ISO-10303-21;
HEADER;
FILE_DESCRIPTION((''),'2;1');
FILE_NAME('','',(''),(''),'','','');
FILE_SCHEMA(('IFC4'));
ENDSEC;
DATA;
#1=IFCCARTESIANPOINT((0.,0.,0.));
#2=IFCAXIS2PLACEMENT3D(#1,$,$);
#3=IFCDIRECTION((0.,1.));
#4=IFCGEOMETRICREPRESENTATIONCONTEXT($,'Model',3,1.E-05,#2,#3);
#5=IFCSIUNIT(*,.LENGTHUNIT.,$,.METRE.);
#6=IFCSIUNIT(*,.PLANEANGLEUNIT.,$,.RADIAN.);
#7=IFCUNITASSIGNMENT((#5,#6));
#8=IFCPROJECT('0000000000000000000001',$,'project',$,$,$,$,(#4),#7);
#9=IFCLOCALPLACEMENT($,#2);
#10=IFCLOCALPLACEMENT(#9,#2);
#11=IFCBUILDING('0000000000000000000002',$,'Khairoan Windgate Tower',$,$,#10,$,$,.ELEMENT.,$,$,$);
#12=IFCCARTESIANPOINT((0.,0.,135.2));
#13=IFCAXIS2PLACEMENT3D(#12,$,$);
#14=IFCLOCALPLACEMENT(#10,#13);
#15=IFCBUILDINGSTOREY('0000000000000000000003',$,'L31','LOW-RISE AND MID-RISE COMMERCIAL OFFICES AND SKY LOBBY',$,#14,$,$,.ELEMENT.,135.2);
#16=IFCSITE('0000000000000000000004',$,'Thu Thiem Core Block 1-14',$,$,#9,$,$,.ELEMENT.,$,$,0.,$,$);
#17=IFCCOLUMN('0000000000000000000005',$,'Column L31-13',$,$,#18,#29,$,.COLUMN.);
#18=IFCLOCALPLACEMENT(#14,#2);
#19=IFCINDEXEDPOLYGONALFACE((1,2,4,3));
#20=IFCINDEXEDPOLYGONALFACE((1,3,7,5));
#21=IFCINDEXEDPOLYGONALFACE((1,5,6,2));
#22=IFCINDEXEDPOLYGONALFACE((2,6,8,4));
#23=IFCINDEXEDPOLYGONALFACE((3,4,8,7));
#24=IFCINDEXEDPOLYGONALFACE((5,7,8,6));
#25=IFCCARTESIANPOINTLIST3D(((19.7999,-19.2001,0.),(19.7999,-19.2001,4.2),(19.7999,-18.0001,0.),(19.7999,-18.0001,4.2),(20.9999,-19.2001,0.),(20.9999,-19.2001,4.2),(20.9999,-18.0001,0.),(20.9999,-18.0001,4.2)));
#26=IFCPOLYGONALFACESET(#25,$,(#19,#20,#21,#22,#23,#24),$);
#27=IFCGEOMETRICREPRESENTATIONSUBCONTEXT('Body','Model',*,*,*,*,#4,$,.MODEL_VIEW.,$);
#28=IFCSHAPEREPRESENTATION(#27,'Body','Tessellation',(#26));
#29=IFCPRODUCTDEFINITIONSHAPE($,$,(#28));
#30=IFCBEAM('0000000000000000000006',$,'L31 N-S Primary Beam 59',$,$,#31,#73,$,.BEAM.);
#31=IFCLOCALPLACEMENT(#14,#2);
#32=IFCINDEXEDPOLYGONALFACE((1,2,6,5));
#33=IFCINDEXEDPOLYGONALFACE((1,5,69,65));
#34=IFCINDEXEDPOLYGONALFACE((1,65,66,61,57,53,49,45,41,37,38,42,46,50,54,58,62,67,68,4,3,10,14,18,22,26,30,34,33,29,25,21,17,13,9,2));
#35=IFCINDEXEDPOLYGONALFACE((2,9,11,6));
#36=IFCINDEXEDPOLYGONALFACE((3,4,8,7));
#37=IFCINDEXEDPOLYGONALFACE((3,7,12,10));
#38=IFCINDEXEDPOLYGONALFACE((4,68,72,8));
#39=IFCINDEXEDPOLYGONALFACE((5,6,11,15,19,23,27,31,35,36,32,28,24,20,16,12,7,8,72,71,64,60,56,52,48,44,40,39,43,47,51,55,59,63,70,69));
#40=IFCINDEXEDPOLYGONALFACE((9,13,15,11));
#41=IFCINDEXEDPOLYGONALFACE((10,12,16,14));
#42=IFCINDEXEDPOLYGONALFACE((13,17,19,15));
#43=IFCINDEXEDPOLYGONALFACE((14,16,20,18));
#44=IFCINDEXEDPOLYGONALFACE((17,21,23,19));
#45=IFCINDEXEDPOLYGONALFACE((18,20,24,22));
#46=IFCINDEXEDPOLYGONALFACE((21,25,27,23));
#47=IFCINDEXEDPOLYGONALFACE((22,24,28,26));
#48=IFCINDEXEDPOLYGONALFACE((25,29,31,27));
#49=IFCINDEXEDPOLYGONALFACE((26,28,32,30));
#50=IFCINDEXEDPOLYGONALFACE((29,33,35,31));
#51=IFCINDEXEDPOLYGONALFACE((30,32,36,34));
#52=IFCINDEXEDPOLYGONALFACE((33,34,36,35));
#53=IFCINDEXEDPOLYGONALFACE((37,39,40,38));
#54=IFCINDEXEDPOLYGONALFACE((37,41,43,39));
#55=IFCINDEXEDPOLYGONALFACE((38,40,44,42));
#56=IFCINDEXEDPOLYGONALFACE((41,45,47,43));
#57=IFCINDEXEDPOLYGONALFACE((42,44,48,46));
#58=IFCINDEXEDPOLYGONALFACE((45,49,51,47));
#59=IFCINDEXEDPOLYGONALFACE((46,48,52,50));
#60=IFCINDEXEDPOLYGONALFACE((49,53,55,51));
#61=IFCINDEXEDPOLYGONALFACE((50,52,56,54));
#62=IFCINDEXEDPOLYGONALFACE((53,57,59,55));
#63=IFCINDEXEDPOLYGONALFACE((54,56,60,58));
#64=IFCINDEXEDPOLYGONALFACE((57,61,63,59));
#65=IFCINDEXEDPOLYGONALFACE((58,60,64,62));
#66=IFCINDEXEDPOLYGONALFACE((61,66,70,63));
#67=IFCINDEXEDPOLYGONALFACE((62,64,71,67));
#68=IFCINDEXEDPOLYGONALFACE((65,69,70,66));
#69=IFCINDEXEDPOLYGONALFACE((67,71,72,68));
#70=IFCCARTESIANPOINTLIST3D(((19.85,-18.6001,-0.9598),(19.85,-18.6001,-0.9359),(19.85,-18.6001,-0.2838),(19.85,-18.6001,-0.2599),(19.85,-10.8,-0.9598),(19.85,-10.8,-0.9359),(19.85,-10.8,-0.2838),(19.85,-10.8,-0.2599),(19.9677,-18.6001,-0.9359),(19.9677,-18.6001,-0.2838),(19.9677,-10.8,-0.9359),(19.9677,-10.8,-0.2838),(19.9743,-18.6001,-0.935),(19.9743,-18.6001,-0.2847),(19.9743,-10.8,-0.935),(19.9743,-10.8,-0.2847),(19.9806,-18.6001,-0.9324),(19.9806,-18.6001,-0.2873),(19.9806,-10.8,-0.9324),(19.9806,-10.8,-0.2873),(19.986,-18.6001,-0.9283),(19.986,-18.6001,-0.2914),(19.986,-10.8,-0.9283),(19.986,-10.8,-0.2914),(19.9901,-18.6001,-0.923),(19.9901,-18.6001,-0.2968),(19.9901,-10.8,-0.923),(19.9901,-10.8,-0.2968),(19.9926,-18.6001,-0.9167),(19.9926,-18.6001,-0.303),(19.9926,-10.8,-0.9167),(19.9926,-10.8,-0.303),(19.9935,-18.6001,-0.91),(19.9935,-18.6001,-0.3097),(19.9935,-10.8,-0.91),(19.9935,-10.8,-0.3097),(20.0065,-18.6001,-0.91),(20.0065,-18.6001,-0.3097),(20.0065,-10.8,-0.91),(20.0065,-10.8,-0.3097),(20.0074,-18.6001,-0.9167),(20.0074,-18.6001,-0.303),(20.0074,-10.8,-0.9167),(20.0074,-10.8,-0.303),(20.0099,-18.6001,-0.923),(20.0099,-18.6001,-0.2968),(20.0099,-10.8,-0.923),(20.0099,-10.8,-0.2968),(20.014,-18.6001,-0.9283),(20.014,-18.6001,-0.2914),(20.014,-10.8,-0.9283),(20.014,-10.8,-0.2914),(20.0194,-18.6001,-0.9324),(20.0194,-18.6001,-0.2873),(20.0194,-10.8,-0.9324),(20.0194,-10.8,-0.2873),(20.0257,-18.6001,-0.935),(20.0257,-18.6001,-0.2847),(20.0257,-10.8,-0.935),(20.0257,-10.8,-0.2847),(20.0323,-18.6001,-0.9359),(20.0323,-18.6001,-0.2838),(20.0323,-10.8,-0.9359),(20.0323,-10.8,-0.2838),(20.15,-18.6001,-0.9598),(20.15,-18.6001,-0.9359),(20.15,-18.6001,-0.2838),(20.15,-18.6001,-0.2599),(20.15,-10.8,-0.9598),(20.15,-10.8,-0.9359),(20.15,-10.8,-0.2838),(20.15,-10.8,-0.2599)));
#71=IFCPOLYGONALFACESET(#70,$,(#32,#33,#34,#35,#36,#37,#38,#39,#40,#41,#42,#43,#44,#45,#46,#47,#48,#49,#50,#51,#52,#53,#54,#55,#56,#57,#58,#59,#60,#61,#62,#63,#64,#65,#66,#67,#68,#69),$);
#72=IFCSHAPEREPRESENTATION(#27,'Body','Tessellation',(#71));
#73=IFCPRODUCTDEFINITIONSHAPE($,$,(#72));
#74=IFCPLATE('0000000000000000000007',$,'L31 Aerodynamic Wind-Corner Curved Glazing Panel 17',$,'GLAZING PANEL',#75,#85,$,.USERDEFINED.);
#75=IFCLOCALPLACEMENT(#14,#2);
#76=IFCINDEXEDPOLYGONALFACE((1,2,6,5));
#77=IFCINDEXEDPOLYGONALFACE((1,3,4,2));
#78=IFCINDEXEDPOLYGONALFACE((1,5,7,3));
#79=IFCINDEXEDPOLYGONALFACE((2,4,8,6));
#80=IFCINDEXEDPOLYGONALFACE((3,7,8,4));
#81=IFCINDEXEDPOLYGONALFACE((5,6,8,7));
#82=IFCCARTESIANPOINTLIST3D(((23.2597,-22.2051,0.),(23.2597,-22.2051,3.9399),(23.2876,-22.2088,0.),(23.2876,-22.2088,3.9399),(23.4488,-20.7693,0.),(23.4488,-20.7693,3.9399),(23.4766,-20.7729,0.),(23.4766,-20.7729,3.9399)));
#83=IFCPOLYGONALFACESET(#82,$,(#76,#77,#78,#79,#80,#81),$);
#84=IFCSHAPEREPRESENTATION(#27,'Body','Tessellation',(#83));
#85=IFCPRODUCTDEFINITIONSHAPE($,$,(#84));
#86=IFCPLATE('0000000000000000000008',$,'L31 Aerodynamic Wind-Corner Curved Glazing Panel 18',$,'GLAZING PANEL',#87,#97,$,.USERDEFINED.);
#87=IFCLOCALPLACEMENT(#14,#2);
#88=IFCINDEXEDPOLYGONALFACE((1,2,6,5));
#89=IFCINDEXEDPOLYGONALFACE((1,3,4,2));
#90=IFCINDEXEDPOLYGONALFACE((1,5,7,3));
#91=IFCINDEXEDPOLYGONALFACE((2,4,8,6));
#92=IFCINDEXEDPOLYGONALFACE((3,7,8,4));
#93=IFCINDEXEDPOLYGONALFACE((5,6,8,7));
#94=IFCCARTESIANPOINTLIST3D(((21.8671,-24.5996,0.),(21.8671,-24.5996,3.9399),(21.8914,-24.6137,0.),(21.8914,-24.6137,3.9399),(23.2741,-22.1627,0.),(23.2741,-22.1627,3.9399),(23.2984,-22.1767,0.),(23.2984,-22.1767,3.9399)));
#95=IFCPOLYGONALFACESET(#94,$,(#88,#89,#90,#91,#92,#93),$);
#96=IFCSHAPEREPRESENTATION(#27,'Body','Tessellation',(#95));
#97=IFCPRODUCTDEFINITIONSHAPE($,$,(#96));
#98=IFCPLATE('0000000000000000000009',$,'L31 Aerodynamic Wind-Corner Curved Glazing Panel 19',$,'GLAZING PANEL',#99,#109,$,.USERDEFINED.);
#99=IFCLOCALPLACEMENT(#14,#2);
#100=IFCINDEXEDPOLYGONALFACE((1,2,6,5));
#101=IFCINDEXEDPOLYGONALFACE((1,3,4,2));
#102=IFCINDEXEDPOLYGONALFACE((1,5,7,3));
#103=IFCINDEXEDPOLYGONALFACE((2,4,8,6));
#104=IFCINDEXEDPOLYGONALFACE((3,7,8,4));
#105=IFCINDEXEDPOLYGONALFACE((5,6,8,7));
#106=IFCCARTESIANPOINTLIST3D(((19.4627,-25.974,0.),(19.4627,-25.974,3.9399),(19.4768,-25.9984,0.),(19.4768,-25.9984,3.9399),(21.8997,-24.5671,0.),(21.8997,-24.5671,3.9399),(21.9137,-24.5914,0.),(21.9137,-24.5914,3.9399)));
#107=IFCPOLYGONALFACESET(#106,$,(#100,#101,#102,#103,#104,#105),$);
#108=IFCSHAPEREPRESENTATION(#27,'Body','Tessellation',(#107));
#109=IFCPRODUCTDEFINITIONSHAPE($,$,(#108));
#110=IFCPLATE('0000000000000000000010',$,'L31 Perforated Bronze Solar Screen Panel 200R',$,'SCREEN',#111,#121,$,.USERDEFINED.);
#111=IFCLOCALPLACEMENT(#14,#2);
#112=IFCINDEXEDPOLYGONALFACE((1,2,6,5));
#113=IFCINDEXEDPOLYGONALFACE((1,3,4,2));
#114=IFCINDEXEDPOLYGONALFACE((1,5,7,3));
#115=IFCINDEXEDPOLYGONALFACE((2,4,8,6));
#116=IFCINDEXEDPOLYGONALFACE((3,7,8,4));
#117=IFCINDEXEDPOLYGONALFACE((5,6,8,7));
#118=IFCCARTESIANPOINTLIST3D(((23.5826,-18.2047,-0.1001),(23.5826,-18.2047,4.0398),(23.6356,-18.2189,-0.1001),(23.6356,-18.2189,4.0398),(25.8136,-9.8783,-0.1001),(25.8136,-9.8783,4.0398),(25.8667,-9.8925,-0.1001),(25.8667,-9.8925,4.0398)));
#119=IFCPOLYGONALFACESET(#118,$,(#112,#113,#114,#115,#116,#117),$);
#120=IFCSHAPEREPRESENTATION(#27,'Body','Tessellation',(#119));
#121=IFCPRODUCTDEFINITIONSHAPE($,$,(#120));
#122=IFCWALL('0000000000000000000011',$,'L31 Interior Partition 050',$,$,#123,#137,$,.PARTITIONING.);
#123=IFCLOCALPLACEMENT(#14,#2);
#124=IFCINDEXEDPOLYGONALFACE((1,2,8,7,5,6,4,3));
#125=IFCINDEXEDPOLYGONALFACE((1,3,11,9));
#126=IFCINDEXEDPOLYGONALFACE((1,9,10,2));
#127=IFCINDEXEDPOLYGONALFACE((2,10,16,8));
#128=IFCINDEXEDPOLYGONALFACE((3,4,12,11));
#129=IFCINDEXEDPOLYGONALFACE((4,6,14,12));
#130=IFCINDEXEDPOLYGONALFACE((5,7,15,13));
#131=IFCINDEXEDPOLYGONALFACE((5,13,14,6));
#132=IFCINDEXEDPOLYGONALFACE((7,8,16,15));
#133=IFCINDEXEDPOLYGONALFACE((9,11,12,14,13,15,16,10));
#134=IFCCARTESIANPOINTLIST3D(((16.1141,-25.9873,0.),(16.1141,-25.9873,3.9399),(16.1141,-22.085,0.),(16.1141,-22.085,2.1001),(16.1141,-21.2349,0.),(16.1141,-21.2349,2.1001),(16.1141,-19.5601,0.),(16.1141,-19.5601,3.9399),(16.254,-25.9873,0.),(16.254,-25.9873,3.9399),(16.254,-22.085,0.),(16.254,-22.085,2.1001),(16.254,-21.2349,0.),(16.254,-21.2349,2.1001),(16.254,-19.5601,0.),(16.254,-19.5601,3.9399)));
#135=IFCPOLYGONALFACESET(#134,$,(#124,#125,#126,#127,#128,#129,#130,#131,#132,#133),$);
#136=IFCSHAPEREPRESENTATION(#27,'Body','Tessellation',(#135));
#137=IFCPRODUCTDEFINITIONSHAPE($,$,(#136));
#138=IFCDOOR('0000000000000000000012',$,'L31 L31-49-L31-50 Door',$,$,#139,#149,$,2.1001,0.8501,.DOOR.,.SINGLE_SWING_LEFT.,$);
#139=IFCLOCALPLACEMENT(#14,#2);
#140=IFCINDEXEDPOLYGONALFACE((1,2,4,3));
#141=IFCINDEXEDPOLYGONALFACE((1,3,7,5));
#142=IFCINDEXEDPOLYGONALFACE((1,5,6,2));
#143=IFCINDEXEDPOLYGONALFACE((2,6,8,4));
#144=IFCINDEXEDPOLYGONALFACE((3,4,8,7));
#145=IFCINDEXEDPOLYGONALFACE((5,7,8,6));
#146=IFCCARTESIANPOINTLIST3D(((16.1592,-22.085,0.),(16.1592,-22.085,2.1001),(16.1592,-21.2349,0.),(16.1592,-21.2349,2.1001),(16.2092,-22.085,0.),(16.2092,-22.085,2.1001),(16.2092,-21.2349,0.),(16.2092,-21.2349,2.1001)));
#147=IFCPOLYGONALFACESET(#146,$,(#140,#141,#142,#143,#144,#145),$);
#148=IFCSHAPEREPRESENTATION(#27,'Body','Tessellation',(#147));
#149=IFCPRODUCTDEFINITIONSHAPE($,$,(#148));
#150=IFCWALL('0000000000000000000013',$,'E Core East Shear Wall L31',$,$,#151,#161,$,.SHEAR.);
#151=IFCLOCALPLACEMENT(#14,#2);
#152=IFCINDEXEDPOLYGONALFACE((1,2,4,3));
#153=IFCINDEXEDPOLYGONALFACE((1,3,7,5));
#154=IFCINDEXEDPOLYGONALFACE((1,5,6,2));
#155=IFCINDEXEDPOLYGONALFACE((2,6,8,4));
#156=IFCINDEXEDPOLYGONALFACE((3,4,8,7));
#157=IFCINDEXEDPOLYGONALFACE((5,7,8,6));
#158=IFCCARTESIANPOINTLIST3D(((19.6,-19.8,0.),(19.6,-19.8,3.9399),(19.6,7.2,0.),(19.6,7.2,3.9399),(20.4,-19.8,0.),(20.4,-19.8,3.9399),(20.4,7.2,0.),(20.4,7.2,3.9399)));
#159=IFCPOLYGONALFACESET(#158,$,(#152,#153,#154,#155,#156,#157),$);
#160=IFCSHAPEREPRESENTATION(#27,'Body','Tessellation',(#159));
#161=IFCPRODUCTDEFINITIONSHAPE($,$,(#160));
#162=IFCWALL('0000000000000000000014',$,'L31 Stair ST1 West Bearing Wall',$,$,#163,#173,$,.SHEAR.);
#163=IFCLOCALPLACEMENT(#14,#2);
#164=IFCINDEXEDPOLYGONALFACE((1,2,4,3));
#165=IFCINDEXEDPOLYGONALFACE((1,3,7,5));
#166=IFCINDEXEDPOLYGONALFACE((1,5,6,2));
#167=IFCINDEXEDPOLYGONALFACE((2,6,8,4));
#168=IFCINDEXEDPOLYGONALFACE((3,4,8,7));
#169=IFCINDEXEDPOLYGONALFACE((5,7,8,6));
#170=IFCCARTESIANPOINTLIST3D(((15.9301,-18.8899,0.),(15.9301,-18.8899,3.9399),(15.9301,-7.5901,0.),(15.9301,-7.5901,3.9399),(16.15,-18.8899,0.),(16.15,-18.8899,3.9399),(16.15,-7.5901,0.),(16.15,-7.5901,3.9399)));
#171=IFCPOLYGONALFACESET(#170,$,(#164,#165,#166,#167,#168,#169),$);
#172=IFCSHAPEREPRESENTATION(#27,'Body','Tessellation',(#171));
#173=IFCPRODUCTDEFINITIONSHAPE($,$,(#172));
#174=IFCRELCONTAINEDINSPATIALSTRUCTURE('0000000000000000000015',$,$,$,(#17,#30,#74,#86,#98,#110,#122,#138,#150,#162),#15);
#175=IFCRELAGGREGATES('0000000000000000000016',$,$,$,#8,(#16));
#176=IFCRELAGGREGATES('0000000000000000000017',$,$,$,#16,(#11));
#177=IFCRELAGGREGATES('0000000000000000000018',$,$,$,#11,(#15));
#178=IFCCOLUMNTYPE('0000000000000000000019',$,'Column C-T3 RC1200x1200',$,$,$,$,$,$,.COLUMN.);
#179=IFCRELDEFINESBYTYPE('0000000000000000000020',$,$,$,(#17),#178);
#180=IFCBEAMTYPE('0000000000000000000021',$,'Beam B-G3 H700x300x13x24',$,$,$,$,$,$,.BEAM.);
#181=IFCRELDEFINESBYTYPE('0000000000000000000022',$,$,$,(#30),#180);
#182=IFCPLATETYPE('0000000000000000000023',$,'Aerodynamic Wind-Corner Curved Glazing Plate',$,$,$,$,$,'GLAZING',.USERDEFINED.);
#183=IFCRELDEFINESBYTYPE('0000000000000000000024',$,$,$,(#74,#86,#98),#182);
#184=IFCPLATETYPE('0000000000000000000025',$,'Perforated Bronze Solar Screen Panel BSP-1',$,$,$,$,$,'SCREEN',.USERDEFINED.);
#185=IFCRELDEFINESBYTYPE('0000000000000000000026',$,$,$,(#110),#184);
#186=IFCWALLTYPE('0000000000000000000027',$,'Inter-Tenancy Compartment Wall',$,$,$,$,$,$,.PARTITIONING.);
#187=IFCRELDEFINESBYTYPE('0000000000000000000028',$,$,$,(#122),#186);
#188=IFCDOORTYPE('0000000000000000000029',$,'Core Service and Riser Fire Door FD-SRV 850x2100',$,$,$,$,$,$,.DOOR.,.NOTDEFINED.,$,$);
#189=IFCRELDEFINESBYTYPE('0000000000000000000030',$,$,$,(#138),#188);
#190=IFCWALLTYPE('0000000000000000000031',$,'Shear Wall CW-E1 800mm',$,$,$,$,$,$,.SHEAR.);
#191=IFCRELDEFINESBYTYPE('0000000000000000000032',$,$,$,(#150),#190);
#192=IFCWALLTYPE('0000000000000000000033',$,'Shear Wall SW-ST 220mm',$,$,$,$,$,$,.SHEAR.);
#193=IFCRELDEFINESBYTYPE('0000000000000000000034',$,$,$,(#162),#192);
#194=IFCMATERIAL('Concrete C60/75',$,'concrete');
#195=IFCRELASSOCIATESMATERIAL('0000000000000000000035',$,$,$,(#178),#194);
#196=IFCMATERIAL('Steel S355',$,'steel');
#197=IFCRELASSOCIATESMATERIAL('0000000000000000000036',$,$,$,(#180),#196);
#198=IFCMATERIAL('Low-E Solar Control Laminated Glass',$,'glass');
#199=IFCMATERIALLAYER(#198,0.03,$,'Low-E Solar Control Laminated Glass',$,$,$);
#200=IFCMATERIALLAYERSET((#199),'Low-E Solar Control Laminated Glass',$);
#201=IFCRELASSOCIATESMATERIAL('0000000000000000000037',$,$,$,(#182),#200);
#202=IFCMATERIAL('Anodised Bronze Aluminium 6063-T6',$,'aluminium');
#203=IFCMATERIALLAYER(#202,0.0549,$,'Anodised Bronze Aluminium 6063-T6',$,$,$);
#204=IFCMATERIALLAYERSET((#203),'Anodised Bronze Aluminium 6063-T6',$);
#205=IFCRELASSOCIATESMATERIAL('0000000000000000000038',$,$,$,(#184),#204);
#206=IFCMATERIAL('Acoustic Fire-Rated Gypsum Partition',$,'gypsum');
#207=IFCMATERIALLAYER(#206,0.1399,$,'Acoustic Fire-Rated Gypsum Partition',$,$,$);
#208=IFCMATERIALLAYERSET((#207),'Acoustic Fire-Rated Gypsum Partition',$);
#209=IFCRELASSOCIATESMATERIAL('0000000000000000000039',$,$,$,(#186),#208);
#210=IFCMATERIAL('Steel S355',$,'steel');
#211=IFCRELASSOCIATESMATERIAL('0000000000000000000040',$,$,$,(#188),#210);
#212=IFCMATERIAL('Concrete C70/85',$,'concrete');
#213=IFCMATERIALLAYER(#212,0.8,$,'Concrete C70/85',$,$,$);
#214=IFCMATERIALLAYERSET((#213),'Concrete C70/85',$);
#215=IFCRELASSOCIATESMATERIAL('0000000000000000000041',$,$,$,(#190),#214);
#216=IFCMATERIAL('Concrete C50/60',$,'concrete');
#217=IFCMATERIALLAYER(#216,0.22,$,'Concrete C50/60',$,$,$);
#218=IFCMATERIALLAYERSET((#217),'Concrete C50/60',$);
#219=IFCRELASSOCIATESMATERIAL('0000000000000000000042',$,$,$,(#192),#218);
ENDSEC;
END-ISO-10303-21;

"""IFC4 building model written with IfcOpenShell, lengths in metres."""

from ifc_helpers import new_model, si_unit, direction, frame, frame_2d, origin, origin_2d, place, context, subcontext, project, spatial, rectangle, i_section, extrude, material, layer, layer_set, material_profile, profile_set, type_object, element, fill, save


model = new_model("IFC4")

# Units and contexts
model_context = context("Model", 3, precision=1e-05, world=origin(), true_north=direction((0.0, 1.0)))
body_context = subcontext(model_context, "Body", "Model", "MODEL_VIEW")
ifc_project = project(units=[si_unit("LENGTHUNIT", "METRE"), si_unit("PLANEANGLEUNIT", "RADIAN")], contexts=[model_context])

# Site, building, storey
site_placement = place(None, origin())
site = spatial("IfcSite", under=ifc_project, at=site_placement, Name="Thu Thiem Core Block 1-14", CompositionType="ELEMENT", RefElevation=0.0)
building_placement = place(site_placement, origin())
building = spatial("IfcBuilding", under=site, at=building_placement, Name="Khairoan Windgate Tower", CompositionType="ELEMENT")
storey_placement = place(building_placement, frame((0.0, 0.0, 135.2)))
storey = spatial("IfcBuildingStorey", under=building, at=storey_placement, Name="L31", Description="LOW-RISE AND MID-RISE COMMERCIAL OFFICES AND SKY LOBBY", CompositionType="ELEMENT", Elevation=135.2)

# Column
ifc_material_1 = material(Name="Concrete C60/75", Category="concrete")
ifc_material_profile_1 = material_profile(ifc_material_1, rectangle(XDim=1.2, YDim=1.2, at=origin_2d()))
ifc_profile_set_1 = profile_set([ifc_material_profile_1], Name="Concrete C60/75")
column_type = type_object("IfcColumnType", Name="Column C-T3 RC1200x1200", PredefinedType="COLUMN", material=ifc_profile_set_1)
column_placement = place(storey_placement, frame((20.3999, -18.6001, 0.0), z_axis=(0.0, 0.0, 1.0), x_axis=(1.0, 0.0, 0.0)))
element("IfcColumn", 1, at=column_placement, inside=storey, type_object=column_type, Name="Column L31-13", PredefinedType="COLUMN", context=body_context, shape_type="SweptSolid", body=[
    extrude(rectangle(XDim=1.2, YDim=1.2, at=origin_2d()), origin(), (0.0, 0.0, 1.0), 4.2),
])

# Beam
ifc_material_2 = material(Name="Steel S355", Category="steel")
ifc_material_profile_2 = material_profile(ifc_material_2, i_section(OverallWidth=0.3, OverallDepth=0.7, WebThickness=0.0129, FlangeThickness=0.0239, FilletRadius=0.0259, at=origin_2d()))
ifc_profile_set_2 = profile_set([ifc_material_profile_2], Name="Steel S355")
beam_type = type_object("IfcBeamType", Name="Beam B-G3 H700x300x13x24", PredefinedType="BEAM", material=ifc_profile_set_2)
beam_placement = place(storey_placement, frame((20.0, -18.6001, -0.6099), z_axis=(0.0, 1.0, 0.0), x_axis=(-1.0, 0.0, 0.0)))
element("IfcBeam", 2, at=beam_placement, inside=storey, type_object=beam_type, Name="L31 N-S Primary Beam 59", PredefinedType="BEAM", context=body_context, shape_type="SweptSolid", body=[
    extrude(i_section(OverallWidth=0.3, OverallDepth=0.7, WebThickness=0.0129, FlangeThickness=0.0239, FilletRadius=0.0259, at=origin_2d()), origin(), (0.0, 0.0, 1.0), 7.8),
])

# Plates
ifc_material_3 = material(Name="Low-E Solar Control Laminated Glass", Category="glass")
ifc_layer_1 = layer(ifc_material_3, 0.03, Name="Low-E Solar Control Laminated Glass")
ifc_layer_set_1 = layer_set([ifc_layer_1], Name="Low-E Solar Control Laminated Glass")
plate_type_1 = type_object("IfcPlateType", Name="Aerodynamic Wind-Corner Curved Glazing Plate", ElementType="GLAZING", PredefinedType="USERDEFINED", material=ifc_layer_set_1)
plate_1_placement = place(storey_placement, frame((23.3682, -21.489, 0.0), z_axis=(0.0, 0.0, 1.0), x_axis=(-0.130526, -0.991445, 0.0)))
element("IfcPlate", 3, at=plate_1_placement, inside=storey, type_object=plate_type_1, Name="L31 Aerodynamic Wind-Corner Curved Glazing Panel 17", ObjectType="GLAZING PANEL", PredefinedType="USERDEFINED", context=body_context, shape_type="SweptSolid", body=[
    extrude(rectangle(XDim=1.4482, YDim=0.0281, at=origin_2d()), origin(), (0.0, 0.0, 1.0), 3.9399),
])
for number, where, z_axis, x_axis, name in (
    (4, (22.5828, -23.3882, 0.0), (0.0, 0.0, 1.0), (-0.5, -0.866025, 0.0), "L31 Aerodynamic Wind-Corner Curved Glazing Panel 18"),
    (5, (20.6882, -25.2827, 0.0), (0.0, 0.0, 1.0), (-0.866025, -0.5, 0.0), "L31 Aerodynamic Wind-Corner Curved Glazing Panel 19"),
):
    element("IfcPlate", number, at=place(storey_placement, frame(where, z_axis=z_axis, x_axis=x_axis)), inside=storey, type_object=plate_type_1, Name=name, ObjectType="GLAZING PANEL", PredefinedType="USERDEFINED", context=body_context, shape_type="SweptSolid", body=[
        extrude(rectangle(XDim=2.814, YDim=0.0281, at=origin_2d()), origin(), (0.0, 0.0, 1.0), 3.9399),
    ])

# Plate
ifc_material_4 = material(Name="Anodised Bronze Aluminium 6063-T6", Category="aluminium")
ifc_layer_2 = layer(ifc_material_4, 0.0549, Name="Anodised Bronze Aluminium 6063-T6")
ifc_layer_set_2 = layer_set([ifc_layer_2], Name="Anodised Bronze Aluminium 6063-T6")
plate_type_2 = type_object("IfcPlateType", Name="Perforated Bronze Solar Screen Panel BSP-1", ElementType="SCREEN", PredefinedType="USERDEFINED", material=ifc_layer_set_2)
plate_2_placement = place(storey_placement, frame((24.7246, -14.0486, -0.1001), z_axis=(0.0, 0.0, 1.0), x_axis=(-0.258819, -0.965926, 0.0)))
element("IfcPlate", 6, at=plate_2_placement, inside=storey, type_object=plate_type_2, Name="L31 Perforated Bronze Solar Screen Panel 200R", ObjectType="SCREEN", PredefinedType="USERDEFINED", context=body_context, shape_type="SweptSolid", body=[
    extrude(rectangle(XDim=8.6201, YDim=0.0549, at=origin_2d()), origin(), (0.0, 0.0, 1.0), 4.1399),
])

# Wall, opening, door
ifc_material_5 = material(Name="Acoustic Fire-Rated Gypsum Partition", Category="gypsum")
ifc_layer_3 = layer(ifc_material_5, 0.1399, Name="Acoustic Fire-Rated Gypsum Partition")
ifc_layer_set_3 = layer_set([ifc_layer_3], Name="Acoustic Fire-Rated Gypsum Partition")
wall_type_1 = type_object("IfcWallType", Name="Inter-Tenancy Compartment Wall", PredefinedType="PARTITIONING", material=ifc_layer_set_3)
wall_1_placement = place(storey_placement, frame((16.1841, -25.9873, 0.0), z_axis=(0.0, 0.0, 1.0), x_axis=(0.0, 1.0, 0.0)))
wall_1 = element("IfcWall", 7, at=wall_1_placement, inside=storey, type_object=wall_type_1, Name="L31 Interior Partition 050", PredefinedType="PARTITIONING", context=body_context, shape_type="SweptSolid", body=[
    extrude(rectangle(XDim=6.4272, YDim=0.1399, at=frame_2d((3.2136, 0.0))), origin(), (0.0, 0.0, 1.0), 3.9399),
])
opening_placement = place(wall_1_placement, frame((3.9023, 0.0, 0.0)))
opening = element("IfcOpeningElement", 8, at=opening_placement, cuts=wall_1, PredefinedType="OPENING", context=body_context, shape_type="SweptSolid", body=[
    extrude(rectangle(XDim=0.8501, YDim=2.1001, at=frame_2d((0.425, 1.05))), frame((0.0, 0.0798, 0.0), z_axis=(0.0, -1.0, 0.0), x_axis=(1.0, 0.0, 0.0)), (0.0, 0.0, 1.0), 0.1599),
])
ifc_material_6 = material(Name="Steel S355", Category="steel")
door_type = type_object("IfcDoorType", Name="Core Service and Riser Fire Door FD-SRV 850x2100", OperationType="NOTDEFINED", PredefinedType="DOOR", material=ifc_material_6)
door_placement = place(opening_placement, origin())
door = element("IfcDoor", 9, at=door_placement, inside=storey, type_object=door_type, Name="L31 L31-49-L31-50 Door", OperationType="SINGLE_SWING_LEFT", OverallHeight=2.1001, OverallWidth=0.8501, PredefinedType="DOOR", context=body_context, shape_type="SweptSolid", body=[
    extrude(rectangle(XDim=0.8501, YDim=2.1001, at=frame_2d((0.425, 1.05))), frame((0.0, 0.0249, 0.0), z_axis=(0.0, -1.0, 0.0), x_axis=(1.0, 0.0, 0.0)), (0.0, 0.0, 1.0), 0.05),
])
fill(opening, door)

# Walls
ifc_material_7 = material(Name="Concrete C70/85", Category="concrete")
ifc_layer_4 = layer(ifc_material_7, 0.8, Name="Concrete C70/85")
ifc_layer_set_4 = layer_set([ifc_layer_4], Name="Concrete C70/85")
wall_type_2 = type_object("IfcWallType", Name="Shear Wall CW-E1 800mm", PredefinedType="SHEAR", material=ifc_layer_set_4)
wall_2_placement = place(storey_placement, frame((20.0, -19.8, 0.0), z_axis=(0.0, 0.0, 1.0), x_axis=(0.0, 1.0, 0.0)))
element("IfcWall", 10, at=wall_2_placement, inside=storey, type_object=wall_type_2, Name="E Core East Shear Wall L31", PredefinedType="SHEAR", context=body_context, shape_type="SweptSolid", body=[
    extrude(rectangle(XDim=27.0, YDim=0.8, at=frame_2d((13.5, 0.0))), origin(), (0.0, 0.0, 1.0), 3.9399),
])
ifc_material_8 = material(Name="Concrete C50/60", Category="concrete")
ifc_layer_5 = layer(ifc_material_8, 0.22, Name="Concrete C50/60")
ifc_layer_set_5 = layer_set([ifc_layer_5], Name="Concrete C50/60")
wall_type_3 = type_object("IfcWallType", Name="Shear Wall SW-ST 220mm", PredefinedType="SHEAR", material=ifc_layer_set_5)
for number, where, z_axis, x_axis, name in (
    (11, (16.04, -18.8899, 0.0), (0.0, 0.0, 1.0), (0.0, 1.0, 0.0), "L31 Stair ST1 West Bearing Wall"),
):
    element("IfcWall", number, at=place(storey_placement, frame(where, z_axis=z_axis, x_axis=x_axis)), inside=storey, type_object=wall_type_3, Name=name, PredefinedType="SHEAR", context=body_context, shape_type="SweptSolid", body=[
        extrude(rectangle(XDim=11.2998, YDim=0.22, at=frame_2d((5.6499, 0.0))), origin(), (0.0, 0.0, 1.0), 3.9399),
    ])

save(model, "model.ifc")
